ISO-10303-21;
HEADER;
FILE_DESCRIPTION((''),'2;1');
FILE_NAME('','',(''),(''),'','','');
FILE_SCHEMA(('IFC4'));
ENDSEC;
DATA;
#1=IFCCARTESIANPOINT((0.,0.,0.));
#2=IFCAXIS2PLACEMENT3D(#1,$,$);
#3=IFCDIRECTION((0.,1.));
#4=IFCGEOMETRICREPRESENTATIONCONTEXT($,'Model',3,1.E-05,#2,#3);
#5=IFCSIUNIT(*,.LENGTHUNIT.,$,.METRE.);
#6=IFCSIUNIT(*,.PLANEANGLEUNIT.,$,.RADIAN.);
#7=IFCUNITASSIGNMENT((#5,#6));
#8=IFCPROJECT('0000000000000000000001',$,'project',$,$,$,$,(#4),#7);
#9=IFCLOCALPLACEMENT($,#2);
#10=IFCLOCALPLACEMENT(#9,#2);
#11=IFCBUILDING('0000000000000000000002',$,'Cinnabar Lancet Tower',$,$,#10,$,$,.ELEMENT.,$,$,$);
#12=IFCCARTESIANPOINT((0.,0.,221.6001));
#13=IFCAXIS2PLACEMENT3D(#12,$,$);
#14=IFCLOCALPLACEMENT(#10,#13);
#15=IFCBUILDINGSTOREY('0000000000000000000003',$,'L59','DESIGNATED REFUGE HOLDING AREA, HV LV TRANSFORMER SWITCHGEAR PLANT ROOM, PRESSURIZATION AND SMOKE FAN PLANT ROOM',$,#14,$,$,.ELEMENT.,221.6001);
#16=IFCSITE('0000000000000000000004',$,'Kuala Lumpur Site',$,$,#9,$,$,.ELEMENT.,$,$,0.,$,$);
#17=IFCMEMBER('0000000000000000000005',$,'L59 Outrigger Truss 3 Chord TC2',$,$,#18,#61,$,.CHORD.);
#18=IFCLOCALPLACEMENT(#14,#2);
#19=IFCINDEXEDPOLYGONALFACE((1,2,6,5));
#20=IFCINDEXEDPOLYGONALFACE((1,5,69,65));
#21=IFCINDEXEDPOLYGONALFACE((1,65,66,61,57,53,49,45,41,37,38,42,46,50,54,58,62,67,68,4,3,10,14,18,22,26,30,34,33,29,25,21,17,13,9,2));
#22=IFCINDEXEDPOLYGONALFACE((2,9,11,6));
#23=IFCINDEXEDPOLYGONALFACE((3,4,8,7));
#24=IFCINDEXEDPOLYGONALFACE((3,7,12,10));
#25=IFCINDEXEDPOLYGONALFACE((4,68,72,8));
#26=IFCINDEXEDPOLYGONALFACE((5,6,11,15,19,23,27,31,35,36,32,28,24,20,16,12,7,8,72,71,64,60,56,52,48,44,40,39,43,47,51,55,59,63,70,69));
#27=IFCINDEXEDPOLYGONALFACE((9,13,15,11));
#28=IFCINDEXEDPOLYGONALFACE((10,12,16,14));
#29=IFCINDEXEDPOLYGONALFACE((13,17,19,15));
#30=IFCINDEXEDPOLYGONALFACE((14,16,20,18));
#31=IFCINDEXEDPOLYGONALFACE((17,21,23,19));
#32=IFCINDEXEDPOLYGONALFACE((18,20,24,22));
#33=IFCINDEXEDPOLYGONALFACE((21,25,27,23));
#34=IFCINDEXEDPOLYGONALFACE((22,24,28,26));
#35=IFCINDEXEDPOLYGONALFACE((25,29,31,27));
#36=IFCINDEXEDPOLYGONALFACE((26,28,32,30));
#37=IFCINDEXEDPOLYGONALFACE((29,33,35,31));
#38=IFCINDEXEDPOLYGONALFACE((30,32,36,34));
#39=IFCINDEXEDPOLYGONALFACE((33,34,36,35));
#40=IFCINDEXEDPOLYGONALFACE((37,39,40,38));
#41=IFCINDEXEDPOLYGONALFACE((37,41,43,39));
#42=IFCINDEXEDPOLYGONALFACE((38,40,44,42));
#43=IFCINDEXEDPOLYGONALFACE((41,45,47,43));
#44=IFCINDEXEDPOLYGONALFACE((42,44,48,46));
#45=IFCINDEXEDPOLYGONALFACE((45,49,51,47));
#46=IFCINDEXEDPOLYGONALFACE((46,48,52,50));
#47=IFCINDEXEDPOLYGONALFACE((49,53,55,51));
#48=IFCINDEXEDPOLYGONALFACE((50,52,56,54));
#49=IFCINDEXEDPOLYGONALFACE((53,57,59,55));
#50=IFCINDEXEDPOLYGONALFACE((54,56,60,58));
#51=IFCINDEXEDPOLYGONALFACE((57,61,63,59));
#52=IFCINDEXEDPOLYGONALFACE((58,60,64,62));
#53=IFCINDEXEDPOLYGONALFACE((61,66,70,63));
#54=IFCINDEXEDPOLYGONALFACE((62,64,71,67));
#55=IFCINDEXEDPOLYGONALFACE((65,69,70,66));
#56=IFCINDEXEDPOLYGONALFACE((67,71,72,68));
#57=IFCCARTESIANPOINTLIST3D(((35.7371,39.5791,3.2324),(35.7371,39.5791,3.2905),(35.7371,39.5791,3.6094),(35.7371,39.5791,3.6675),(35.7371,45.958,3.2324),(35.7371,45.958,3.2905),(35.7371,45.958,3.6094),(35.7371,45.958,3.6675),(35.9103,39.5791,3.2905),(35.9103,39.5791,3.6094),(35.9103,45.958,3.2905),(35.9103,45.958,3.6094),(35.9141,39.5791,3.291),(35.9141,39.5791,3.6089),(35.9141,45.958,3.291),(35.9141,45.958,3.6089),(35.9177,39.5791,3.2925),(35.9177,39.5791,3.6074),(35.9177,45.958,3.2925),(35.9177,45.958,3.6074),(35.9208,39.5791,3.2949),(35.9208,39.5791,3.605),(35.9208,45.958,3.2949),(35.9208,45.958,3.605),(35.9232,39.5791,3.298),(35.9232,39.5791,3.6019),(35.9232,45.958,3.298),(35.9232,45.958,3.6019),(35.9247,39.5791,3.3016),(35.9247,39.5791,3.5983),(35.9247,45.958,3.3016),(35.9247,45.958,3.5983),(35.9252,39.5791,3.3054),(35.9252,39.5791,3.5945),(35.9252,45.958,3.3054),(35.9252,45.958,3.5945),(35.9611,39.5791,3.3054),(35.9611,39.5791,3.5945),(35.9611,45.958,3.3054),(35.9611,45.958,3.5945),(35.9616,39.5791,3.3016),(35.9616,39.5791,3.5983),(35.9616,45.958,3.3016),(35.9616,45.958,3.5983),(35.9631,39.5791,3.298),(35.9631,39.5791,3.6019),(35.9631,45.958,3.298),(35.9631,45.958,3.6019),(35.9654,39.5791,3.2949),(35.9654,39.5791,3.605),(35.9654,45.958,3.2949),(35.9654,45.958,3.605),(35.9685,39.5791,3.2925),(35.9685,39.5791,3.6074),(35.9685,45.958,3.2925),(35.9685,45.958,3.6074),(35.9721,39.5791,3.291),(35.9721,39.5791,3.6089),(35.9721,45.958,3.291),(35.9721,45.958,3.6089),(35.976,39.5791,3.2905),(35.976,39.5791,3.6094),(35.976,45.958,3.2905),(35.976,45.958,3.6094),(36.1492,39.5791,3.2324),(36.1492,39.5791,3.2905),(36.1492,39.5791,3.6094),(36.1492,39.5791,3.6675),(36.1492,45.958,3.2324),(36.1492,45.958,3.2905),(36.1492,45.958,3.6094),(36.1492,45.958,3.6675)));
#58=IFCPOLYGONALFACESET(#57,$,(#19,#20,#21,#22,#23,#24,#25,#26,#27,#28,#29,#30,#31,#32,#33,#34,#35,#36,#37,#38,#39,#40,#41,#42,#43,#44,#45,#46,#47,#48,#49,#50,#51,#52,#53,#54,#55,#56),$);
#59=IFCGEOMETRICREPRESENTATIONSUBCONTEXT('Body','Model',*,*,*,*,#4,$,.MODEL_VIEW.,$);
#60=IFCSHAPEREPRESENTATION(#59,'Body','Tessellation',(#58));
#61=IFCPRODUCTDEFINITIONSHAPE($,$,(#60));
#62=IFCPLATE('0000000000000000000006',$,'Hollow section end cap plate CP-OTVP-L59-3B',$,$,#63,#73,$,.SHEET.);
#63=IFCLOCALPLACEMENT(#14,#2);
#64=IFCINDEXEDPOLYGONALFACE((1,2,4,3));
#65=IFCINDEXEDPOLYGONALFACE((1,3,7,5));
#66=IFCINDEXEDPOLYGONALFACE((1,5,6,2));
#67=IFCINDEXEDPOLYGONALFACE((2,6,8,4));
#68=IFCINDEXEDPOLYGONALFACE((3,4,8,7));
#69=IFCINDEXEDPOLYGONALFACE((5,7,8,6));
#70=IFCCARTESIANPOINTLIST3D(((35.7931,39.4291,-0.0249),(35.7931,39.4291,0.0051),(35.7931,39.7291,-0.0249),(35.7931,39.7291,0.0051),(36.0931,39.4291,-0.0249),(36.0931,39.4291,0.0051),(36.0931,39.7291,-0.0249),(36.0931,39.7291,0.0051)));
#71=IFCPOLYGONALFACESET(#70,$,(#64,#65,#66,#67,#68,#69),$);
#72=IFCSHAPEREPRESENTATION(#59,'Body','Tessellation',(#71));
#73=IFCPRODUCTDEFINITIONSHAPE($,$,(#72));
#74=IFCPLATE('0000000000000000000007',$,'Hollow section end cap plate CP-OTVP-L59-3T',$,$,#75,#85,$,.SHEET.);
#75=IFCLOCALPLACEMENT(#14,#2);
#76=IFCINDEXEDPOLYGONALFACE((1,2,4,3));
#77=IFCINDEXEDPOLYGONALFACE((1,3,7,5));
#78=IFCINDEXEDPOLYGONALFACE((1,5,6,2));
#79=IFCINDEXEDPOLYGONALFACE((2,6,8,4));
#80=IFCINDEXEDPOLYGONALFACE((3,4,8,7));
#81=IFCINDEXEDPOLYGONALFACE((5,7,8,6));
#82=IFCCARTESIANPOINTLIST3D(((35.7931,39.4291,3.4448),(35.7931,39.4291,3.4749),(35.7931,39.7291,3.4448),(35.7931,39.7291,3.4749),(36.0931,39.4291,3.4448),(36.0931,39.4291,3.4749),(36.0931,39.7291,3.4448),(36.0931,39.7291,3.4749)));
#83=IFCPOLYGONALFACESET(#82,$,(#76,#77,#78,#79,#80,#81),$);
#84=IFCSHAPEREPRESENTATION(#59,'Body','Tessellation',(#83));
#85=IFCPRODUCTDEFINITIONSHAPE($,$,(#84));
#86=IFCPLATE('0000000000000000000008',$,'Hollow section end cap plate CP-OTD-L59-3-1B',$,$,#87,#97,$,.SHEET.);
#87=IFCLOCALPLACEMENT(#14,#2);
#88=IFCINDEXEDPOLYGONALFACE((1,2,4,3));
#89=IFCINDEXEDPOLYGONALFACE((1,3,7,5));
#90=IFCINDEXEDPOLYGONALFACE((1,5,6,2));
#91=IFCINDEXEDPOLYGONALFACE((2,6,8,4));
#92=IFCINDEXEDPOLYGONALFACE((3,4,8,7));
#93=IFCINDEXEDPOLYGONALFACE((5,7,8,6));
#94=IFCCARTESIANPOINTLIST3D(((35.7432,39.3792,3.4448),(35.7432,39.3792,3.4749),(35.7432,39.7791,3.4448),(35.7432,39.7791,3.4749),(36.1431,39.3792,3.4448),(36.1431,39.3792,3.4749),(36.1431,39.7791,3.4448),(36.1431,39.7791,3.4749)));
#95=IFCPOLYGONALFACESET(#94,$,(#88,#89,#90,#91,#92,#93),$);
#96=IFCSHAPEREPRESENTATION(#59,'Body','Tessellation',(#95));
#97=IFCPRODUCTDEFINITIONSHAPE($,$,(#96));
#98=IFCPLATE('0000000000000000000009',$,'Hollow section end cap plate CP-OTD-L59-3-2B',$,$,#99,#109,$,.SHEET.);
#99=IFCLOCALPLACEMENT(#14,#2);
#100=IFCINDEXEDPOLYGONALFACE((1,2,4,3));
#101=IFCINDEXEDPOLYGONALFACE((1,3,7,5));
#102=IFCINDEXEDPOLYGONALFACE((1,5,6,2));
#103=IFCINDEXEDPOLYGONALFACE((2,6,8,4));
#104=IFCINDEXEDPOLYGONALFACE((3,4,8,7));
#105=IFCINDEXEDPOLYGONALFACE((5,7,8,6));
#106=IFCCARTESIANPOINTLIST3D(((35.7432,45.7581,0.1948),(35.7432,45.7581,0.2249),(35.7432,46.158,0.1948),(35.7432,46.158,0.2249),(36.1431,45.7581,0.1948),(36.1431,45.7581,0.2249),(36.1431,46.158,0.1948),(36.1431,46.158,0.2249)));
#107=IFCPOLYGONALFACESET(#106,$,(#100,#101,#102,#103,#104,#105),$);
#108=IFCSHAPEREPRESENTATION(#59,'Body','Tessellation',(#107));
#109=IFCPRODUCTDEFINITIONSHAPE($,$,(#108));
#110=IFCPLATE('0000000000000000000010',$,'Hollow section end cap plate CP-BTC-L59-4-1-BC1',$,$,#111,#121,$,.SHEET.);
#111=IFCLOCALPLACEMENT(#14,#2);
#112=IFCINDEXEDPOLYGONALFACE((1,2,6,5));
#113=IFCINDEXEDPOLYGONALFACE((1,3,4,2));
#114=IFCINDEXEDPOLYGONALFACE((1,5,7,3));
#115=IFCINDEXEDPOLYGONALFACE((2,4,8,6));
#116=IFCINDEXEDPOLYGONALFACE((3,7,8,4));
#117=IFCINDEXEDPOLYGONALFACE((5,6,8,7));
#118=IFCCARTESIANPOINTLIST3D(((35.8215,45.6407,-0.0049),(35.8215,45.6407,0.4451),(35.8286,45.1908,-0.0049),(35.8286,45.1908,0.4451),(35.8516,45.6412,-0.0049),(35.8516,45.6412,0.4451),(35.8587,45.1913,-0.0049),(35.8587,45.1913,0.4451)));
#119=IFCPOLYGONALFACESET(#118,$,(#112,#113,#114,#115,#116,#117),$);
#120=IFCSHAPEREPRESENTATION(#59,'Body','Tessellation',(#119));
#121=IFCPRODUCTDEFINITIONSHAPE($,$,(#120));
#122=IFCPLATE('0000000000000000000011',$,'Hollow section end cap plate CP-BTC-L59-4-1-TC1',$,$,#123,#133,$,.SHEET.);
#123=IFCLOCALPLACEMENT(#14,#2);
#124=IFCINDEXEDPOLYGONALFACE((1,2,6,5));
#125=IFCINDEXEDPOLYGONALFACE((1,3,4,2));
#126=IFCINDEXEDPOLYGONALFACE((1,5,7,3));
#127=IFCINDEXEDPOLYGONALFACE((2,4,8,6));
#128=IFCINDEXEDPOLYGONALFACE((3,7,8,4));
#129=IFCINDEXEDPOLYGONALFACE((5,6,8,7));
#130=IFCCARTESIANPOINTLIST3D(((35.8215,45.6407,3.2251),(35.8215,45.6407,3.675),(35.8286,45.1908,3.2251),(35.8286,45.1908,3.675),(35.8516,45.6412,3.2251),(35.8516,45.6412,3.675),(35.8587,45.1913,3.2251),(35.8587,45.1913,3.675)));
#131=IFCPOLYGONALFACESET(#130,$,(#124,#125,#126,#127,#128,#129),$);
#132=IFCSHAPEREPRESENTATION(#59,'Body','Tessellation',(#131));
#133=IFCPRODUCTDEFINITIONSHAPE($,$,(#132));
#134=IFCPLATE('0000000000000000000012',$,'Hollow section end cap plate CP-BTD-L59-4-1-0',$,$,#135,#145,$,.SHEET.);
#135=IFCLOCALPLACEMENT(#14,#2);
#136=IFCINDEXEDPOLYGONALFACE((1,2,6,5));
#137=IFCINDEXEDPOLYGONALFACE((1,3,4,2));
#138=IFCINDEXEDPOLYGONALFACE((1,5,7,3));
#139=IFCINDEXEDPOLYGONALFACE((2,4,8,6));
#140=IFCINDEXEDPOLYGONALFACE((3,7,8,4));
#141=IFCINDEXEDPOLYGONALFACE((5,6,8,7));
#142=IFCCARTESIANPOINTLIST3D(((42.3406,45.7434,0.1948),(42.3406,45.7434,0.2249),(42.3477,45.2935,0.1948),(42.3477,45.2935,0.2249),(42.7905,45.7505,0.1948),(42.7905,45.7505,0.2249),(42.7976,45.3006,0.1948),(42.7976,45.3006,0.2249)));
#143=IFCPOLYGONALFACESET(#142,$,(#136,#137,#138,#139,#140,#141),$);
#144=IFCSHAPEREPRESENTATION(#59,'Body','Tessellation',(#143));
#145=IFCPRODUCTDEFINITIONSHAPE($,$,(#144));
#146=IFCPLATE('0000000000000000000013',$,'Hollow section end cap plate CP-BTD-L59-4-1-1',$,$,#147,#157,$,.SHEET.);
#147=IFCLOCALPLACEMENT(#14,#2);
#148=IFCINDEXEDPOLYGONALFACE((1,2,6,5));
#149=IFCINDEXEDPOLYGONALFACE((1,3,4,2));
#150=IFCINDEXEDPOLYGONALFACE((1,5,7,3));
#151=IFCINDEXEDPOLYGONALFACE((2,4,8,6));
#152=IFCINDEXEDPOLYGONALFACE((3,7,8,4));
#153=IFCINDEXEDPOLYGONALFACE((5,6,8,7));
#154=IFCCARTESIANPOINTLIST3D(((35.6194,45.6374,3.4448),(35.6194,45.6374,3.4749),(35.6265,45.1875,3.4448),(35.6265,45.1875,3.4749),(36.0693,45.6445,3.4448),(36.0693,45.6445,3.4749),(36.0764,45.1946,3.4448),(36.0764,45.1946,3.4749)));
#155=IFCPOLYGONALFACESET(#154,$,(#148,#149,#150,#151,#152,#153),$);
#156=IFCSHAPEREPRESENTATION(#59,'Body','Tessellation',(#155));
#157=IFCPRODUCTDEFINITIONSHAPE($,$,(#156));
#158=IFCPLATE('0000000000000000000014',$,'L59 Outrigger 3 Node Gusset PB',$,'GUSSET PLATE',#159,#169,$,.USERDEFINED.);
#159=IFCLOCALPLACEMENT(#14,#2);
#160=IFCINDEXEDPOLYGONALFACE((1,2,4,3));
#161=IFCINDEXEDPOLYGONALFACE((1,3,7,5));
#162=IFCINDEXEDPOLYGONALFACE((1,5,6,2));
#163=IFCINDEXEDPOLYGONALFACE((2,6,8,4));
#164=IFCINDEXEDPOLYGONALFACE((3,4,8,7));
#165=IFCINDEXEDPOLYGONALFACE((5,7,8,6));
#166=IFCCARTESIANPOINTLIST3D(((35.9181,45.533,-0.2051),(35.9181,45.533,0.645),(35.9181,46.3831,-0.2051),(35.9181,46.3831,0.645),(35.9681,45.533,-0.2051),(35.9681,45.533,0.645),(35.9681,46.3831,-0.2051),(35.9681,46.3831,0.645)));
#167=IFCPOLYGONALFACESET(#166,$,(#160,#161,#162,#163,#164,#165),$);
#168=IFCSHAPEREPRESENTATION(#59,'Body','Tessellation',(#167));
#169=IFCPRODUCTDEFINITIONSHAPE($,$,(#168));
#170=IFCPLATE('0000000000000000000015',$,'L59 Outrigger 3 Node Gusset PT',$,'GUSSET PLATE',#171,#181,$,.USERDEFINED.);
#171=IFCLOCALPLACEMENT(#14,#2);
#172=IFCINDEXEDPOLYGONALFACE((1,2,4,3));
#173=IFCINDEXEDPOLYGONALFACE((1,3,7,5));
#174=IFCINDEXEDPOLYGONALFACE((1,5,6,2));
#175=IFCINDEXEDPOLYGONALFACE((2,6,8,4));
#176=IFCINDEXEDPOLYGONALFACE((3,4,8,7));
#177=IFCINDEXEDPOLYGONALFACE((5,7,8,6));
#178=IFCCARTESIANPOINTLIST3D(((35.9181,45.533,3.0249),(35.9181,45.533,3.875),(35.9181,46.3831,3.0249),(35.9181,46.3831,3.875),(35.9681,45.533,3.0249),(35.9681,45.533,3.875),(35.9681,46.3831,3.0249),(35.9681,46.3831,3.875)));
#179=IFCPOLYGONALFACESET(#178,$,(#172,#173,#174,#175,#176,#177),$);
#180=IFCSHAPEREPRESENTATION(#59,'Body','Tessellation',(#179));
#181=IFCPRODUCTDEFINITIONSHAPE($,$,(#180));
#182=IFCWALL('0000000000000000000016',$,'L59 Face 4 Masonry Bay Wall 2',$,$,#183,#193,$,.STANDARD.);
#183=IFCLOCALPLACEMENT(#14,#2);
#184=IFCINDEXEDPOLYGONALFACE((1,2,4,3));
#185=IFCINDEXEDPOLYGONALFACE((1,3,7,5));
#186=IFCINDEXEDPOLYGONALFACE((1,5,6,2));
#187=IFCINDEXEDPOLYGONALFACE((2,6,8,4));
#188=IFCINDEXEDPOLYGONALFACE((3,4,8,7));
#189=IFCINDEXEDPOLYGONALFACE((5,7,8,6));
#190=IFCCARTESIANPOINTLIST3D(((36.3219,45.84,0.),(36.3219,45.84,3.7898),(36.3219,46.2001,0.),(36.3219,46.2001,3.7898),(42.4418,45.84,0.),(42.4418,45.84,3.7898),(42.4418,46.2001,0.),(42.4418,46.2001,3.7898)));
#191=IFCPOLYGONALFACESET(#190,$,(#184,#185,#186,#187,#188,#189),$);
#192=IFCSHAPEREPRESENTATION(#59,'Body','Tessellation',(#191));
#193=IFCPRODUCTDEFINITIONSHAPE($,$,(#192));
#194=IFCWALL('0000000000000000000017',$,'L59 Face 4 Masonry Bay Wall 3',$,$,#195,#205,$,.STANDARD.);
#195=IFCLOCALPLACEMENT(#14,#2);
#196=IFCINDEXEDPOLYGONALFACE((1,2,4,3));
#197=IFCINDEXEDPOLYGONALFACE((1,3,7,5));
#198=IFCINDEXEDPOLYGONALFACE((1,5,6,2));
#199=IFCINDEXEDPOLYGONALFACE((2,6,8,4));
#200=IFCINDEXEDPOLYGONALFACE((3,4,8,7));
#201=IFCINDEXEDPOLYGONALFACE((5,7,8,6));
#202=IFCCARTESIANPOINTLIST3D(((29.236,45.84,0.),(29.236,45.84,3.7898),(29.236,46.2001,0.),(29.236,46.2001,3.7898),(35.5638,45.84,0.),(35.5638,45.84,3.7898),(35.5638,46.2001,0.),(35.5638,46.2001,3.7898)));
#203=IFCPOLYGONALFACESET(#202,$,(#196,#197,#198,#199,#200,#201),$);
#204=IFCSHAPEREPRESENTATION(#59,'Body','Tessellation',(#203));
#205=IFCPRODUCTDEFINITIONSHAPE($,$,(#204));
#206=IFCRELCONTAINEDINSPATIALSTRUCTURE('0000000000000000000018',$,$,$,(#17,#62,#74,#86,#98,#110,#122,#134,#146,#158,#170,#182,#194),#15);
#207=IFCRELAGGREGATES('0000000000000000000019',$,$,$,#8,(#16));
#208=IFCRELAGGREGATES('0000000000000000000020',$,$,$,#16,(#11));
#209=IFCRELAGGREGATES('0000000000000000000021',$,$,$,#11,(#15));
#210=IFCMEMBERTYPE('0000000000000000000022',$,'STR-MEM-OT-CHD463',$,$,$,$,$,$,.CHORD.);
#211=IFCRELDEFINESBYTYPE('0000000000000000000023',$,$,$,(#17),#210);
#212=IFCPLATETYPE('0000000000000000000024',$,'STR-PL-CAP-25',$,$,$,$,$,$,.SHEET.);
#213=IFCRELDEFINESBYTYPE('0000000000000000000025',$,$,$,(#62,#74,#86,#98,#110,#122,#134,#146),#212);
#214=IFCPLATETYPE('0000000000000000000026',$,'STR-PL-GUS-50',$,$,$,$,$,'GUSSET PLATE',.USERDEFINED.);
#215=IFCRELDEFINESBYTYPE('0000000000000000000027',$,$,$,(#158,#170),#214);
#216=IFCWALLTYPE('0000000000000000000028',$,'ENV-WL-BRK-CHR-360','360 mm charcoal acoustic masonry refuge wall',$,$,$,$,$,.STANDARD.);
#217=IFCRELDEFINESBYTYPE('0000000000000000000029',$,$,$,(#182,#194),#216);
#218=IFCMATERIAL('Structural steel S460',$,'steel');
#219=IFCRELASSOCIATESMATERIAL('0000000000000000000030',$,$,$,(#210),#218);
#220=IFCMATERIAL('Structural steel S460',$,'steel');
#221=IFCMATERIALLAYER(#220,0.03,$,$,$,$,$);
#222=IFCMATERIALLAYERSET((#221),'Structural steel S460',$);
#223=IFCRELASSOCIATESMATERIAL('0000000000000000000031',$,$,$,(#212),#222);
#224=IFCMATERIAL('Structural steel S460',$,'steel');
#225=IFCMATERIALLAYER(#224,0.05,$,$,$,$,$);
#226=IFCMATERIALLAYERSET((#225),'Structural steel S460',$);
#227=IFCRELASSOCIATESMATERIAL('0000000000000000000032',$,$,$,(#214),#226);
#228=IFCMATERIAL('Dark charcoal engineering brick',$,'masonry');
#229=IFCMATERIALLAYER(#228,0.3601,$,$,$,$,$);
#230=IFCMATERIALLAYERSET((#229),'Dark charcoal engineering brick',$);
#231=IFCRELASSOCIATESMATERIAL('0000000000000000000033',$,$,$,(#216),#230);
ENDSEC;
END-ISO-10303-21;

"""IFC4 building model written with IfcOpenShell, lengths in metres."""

from ifc_helpers import new_model, si_unit, direction, frame, frame_2d, origin, origin_2d, place, context, subcontext, project, spatial, rectangle, i_section, extrude, material, layer, layer_set, material_profile, profile_set, type_object, element, save


model = new_model("IFC4")

# Units and contexts
model_context = context("Model", 3, precision=1e-05, world=origin(), true_north=direction((0.0, 1.0)))
body_context = subcontext(model_context, "Body", "Model", "MODEL_VIEW")
ifc_project = project(units=[si_unit("LENGTHUNIT", "METRE"), si_unit("PLANEANGLEUNIT", "RADIAN")], contexts=[model_context])

# Site, building, storey
site_placement = place(None, origin())
site = spatial("IfcSite", under=ifc_project, at=site_placement, Name="Kuala Lumpur Site", CompositionType="ELEMENT", RefElevation=0.0)
building_placement = place(site_placement, origin())
building = spatial("IfcBuilding", under=site, at=building_placement, Name="Cinnabar Lancet Tower", CompositionType="ELEMENT")
storey_placement = place(building_placement, frame((0.0, 0.0, 221.6001)))
storey = spatial("IfcBuildingStorey", under=building, at=storey_placement, Name="L59", Description="DESIGNATED REFUGE HOLDING AREA, HV LV TRANSFORMER SWITCHGEAR PLANT ROOM, PRESSURIZATION AND SMOKE FAN PLANT ROOM", CompositionType="ELEMENT", Elevation=221.6001)

# Member
ifc_material_1 = material(Name="Structural steel S460", Category="steel")
ifc_material_profile_1 = material_profile(ifc_material_1, i_section(OverallWidth=0.4121, OverallDepth=0.4351, WebThickness=0.0359, FlangeThickness=0.0581, FilletRadius=0.0149, at=origin_2d()), Name="HD 400x463")
ifc_profile_set_1 = profile_set([ifc_material_profile_1], Name="Structural steel S460")
member_type_1 = type_object("IfcMemberType", Name="STR-MEM-OT-CHD463", PredefinedType="CHORD", material=ifc_profile_set_1)
for number, where, z_axis, x_axis, name in (
    (1, (35.9431, 39.5791, 3.45), (0.0, 1.0, 0.0), (-1.0, 0.0, 0.0), "L59 Outrigger Truss 3 Chord TC2"),
):
    element("IfcMember", number, at=place(storey_placement, frame(where, z_axis=z_axis, x_axis=x_axis)), inside=storey, type_object=member_type_1, Name=name, PredefinedType="CHORD", context=body_context, shape_type="SweptSolid", body=[
        extrude(i_section(OverallWidth=0.4121, OverallDepth=0.4351, WebThickness=0.0359, FlangeThickness=0.0581, FilletRadius=0.0149, at=origin_2d()), origin(), (0.0, 0.0, 1.0), 6.3789),
    ])

# Plates
ifc_material_2 = material(Name="Structural steel S460", Category="steel")
ifc_layer_1 = layer(ifc_material_2, 0.03)
ifc_layer_set_1 = layer_set([ifc_layer_1], Name="Structural steel S460")
plate_type_1 = type_object("IfcPlateType", Name="STR-PL-CAP-25", PredefinedType="SHEET", material=ifc_layer_set_1)
for number, where, z_axis, x_axis, name in (
    (2, (35.9431, 39.5791, -0.0249), (0.0, 0.0, 1.0), (1.0, 0.0, 0.0), "Hollow section end cap plate CP-OTVP-L59-3B"),
    (3, (35.9431, 39.5791, 3.4448), (0.0, 0.0, 1.0), (1.0, 0.0, 0.0), "Hollow section end cap plate CP-OTVP-L59-3T"),
):
    element("IfcPlate", number, at=place(storey_placement, frame(where, z_axis=z_axis, x_axis=x_axis)), inside=storey, type_object=plate_type_1, Name=name, PredefinedType="SHEET", context=body_context, shape_type="SweptSolid", body=[
        extrude(rectangle(XDim=0.3, YDim=0.3, at=origin_2d()), origin(), (0.0, 0.0, 1.0), 0.03),
    ])
for number, where, z_axis, x_axis, name in (
    (4, (35.9431, 39.5791, 3.4448), (0.0, 0.0, 1.0), (0.0, 1.0, 0.0), "Hollow section end cap plate CP-OTD-L59-3-1B"),
    (5, (35.9431, 45.958, 0.1948), (0.0, 0.0, 1.0), (0.0, 1.0, 0.0), "Hollow section end cap plate CP-OTD-L59-3-2B"),
):
    element("IfcPlate", number, at=place(storey_placement, frame(where, z_axis=z_axis, x_axis=x_axis)), inside=storey, type_object=plate_type_1, Name=name, PredefinedType="SHEET", context=body_context, shape_type="SweptSolid", body=[
        extrude(rectangle(XDim=0.3999, YDim=0.3999, at=origin_2d()), origin(), (0.0, 0.0, 1.0), 0.03),
    ])
for number, where, z_axis, x_axis, name in (
    (6, (35.8401, 45.416, -0.0049), (0.0, 0.0, 1.0), (-0.999876, -0.015777, 0.0), "Hollow section end cap plate CP-BTC-L59-4-1-BC1"),
    (7, (35.8401, 45.416, 3.2251), (0.0, 0.0, 1.0), (-0.999876, -0.015777, 0.0), "Hollow section end cap plate CP-BTC-L59-4-1-TC1"),
):
    element("IfcPlate", number, at=place(storey_placement, frame(where, z_axis=z_axis, x_axis=x_axis)), inside=storey, type_object=plate_type_1, Name=name, PredefinedType="SHEET", context=body_context, shape_type="SweptSolid", body=[
        extrude(rectangle(XDim=0.03, YDim=0.45, at=origin_2d()), origin(), (0.0, 0.0, 1.0), 0.45),
    ])
for number, where, z_axis, x_axis, name in (
    (8, (42.5691, 45.522, 0.1948), (0.0, 0.0, 1.0), (0.999876, 0.015777, 0.0), "Hollow section end cap plate CP-BTD-L59-4-1-0"),
    (9, (35.8479, 45.416, 3.4448), (0.0, 0.0, 1.0), (-0.999876, -0.015777, 0.0), "Hollow section end cap plate CP-BTD-L59-4-1-1"),
):
    element("IfcPlate", number, at=place(storey_placement, frame(where, z_axis=z_axis, x_axis=x_axis)), inside=storey, type_object=plate_type_1, Name=name, PredefinedType="SHEET", context=body_context, shape_type="SweptSolid", body=[
        extrude(rectangle(XDim=0.45, YDim=0.45, at=origin_2d()), origin(), (0.0, 0.0, 1.0), 0.03),
    ])
ifc_material_3 = material(Name="Structural steel S460", Category="steel")
ifc_layer_2 = layer(ifc_material_3, 0.05)
ifc_layer_set_2 = layer_set([ifc_layer_2], Name="Structural steel S460")
plate_type_2 = type_object("IfcPlateType", Name="STR-PL-GUS-50", ElementType="GUSSET PLATE", PredefinedType="USERDEFINED", material=ifc_layer_set_2)
for number, where, z_axis, x_axis, name in (
    (10, (35.9431, 45.958, -0.2051), (0.0, 0.0, 1.0), (1.0, 0.0, 0.0), "L59 Outrigger 3 Node Gusset PB"),
    (11, (35.9431, 45.958, 3.0249), (0.0, 0.0, 1.0), (1.0, 0.0, 0.0), "L59 Outrigger 3 Node Gusset PT"),
):
    element("IfcPlate", number, at=place(storey_placement, frame(where, z_axis=z_axis, x_axis=x_axis)), inside=storey, type_object=plate_type_2, Name=name, ObjectType="GUSSET PLATE", PredefinedType="USERDEFINED", context=body_context, shape_type="SweptSolid", body=[
        extrude(rectangle(XDim=0.05, YDim=0.8501, at=origin_2d()), origin(), (0.0, 0.0, 1.0), 0.8501),
    ])

# Walls
ifc_material_4 = material(Name="Dark charcoal engineering brick", Category="masonry")
ifc_layer_3 = layer(ifc_material_4, 0.3601)
ifc_layer_set_3 = layer_set([ifc_layer_3], Name="Dark charcoal engineering brick")
wall_type = type_object("IfcWallType", Name="ENV-WL-BRK-CHR-360", Description="360 mm charcoal acoustic masonry refuge wall", PredefinedType="STANDARD", material=ifc_layer_set_3)
wall_1_placement = place(storey_placement, frame((42.4419, 46.02, 0.0), z_axis=(0.0, 0.0, 1.0), x_axis=(-1.0, 0.0, 0.0)))
element("IfcWall", 12, at=wall_1_placement, inside=storey, type_object=wall_type, Name="L59 Face 4 Masonry Bay Wall 2", PredefinedType="STANDARD", context=body_context, shape_type="SweptSolid", body=[
    extrude(rectangle(XDim=6.1199, YDim=0.3601, at=frame_2d((3.0601, 0.0))), origin(), (0.0, 0.0, 1.0), 3.7898),
])
wall_2_placement = place(storey_placement, frame((35.564, 46.02, 0.0), z_axis=(0.0, 0.0, 1.0), x_axis=(-1.0, 0.0, 0.0)))
element("IfcWall", 13, at=wall_2_placement, inside=storey, type_object=wall_type, Name="L59 Face 4 Masonry Bay Wall 3", PredefinedType="STANDARD", context=body_context, shape_type="SweptSolid", body=[
    extrude(rectangle(XDim=6.3279, YDim=0.3601, at=frame_2d((3.1641, 0.0))), origin(), (0.0, 0.0, 1.0), 3.7898),
])

save(model, "model.ifc")
